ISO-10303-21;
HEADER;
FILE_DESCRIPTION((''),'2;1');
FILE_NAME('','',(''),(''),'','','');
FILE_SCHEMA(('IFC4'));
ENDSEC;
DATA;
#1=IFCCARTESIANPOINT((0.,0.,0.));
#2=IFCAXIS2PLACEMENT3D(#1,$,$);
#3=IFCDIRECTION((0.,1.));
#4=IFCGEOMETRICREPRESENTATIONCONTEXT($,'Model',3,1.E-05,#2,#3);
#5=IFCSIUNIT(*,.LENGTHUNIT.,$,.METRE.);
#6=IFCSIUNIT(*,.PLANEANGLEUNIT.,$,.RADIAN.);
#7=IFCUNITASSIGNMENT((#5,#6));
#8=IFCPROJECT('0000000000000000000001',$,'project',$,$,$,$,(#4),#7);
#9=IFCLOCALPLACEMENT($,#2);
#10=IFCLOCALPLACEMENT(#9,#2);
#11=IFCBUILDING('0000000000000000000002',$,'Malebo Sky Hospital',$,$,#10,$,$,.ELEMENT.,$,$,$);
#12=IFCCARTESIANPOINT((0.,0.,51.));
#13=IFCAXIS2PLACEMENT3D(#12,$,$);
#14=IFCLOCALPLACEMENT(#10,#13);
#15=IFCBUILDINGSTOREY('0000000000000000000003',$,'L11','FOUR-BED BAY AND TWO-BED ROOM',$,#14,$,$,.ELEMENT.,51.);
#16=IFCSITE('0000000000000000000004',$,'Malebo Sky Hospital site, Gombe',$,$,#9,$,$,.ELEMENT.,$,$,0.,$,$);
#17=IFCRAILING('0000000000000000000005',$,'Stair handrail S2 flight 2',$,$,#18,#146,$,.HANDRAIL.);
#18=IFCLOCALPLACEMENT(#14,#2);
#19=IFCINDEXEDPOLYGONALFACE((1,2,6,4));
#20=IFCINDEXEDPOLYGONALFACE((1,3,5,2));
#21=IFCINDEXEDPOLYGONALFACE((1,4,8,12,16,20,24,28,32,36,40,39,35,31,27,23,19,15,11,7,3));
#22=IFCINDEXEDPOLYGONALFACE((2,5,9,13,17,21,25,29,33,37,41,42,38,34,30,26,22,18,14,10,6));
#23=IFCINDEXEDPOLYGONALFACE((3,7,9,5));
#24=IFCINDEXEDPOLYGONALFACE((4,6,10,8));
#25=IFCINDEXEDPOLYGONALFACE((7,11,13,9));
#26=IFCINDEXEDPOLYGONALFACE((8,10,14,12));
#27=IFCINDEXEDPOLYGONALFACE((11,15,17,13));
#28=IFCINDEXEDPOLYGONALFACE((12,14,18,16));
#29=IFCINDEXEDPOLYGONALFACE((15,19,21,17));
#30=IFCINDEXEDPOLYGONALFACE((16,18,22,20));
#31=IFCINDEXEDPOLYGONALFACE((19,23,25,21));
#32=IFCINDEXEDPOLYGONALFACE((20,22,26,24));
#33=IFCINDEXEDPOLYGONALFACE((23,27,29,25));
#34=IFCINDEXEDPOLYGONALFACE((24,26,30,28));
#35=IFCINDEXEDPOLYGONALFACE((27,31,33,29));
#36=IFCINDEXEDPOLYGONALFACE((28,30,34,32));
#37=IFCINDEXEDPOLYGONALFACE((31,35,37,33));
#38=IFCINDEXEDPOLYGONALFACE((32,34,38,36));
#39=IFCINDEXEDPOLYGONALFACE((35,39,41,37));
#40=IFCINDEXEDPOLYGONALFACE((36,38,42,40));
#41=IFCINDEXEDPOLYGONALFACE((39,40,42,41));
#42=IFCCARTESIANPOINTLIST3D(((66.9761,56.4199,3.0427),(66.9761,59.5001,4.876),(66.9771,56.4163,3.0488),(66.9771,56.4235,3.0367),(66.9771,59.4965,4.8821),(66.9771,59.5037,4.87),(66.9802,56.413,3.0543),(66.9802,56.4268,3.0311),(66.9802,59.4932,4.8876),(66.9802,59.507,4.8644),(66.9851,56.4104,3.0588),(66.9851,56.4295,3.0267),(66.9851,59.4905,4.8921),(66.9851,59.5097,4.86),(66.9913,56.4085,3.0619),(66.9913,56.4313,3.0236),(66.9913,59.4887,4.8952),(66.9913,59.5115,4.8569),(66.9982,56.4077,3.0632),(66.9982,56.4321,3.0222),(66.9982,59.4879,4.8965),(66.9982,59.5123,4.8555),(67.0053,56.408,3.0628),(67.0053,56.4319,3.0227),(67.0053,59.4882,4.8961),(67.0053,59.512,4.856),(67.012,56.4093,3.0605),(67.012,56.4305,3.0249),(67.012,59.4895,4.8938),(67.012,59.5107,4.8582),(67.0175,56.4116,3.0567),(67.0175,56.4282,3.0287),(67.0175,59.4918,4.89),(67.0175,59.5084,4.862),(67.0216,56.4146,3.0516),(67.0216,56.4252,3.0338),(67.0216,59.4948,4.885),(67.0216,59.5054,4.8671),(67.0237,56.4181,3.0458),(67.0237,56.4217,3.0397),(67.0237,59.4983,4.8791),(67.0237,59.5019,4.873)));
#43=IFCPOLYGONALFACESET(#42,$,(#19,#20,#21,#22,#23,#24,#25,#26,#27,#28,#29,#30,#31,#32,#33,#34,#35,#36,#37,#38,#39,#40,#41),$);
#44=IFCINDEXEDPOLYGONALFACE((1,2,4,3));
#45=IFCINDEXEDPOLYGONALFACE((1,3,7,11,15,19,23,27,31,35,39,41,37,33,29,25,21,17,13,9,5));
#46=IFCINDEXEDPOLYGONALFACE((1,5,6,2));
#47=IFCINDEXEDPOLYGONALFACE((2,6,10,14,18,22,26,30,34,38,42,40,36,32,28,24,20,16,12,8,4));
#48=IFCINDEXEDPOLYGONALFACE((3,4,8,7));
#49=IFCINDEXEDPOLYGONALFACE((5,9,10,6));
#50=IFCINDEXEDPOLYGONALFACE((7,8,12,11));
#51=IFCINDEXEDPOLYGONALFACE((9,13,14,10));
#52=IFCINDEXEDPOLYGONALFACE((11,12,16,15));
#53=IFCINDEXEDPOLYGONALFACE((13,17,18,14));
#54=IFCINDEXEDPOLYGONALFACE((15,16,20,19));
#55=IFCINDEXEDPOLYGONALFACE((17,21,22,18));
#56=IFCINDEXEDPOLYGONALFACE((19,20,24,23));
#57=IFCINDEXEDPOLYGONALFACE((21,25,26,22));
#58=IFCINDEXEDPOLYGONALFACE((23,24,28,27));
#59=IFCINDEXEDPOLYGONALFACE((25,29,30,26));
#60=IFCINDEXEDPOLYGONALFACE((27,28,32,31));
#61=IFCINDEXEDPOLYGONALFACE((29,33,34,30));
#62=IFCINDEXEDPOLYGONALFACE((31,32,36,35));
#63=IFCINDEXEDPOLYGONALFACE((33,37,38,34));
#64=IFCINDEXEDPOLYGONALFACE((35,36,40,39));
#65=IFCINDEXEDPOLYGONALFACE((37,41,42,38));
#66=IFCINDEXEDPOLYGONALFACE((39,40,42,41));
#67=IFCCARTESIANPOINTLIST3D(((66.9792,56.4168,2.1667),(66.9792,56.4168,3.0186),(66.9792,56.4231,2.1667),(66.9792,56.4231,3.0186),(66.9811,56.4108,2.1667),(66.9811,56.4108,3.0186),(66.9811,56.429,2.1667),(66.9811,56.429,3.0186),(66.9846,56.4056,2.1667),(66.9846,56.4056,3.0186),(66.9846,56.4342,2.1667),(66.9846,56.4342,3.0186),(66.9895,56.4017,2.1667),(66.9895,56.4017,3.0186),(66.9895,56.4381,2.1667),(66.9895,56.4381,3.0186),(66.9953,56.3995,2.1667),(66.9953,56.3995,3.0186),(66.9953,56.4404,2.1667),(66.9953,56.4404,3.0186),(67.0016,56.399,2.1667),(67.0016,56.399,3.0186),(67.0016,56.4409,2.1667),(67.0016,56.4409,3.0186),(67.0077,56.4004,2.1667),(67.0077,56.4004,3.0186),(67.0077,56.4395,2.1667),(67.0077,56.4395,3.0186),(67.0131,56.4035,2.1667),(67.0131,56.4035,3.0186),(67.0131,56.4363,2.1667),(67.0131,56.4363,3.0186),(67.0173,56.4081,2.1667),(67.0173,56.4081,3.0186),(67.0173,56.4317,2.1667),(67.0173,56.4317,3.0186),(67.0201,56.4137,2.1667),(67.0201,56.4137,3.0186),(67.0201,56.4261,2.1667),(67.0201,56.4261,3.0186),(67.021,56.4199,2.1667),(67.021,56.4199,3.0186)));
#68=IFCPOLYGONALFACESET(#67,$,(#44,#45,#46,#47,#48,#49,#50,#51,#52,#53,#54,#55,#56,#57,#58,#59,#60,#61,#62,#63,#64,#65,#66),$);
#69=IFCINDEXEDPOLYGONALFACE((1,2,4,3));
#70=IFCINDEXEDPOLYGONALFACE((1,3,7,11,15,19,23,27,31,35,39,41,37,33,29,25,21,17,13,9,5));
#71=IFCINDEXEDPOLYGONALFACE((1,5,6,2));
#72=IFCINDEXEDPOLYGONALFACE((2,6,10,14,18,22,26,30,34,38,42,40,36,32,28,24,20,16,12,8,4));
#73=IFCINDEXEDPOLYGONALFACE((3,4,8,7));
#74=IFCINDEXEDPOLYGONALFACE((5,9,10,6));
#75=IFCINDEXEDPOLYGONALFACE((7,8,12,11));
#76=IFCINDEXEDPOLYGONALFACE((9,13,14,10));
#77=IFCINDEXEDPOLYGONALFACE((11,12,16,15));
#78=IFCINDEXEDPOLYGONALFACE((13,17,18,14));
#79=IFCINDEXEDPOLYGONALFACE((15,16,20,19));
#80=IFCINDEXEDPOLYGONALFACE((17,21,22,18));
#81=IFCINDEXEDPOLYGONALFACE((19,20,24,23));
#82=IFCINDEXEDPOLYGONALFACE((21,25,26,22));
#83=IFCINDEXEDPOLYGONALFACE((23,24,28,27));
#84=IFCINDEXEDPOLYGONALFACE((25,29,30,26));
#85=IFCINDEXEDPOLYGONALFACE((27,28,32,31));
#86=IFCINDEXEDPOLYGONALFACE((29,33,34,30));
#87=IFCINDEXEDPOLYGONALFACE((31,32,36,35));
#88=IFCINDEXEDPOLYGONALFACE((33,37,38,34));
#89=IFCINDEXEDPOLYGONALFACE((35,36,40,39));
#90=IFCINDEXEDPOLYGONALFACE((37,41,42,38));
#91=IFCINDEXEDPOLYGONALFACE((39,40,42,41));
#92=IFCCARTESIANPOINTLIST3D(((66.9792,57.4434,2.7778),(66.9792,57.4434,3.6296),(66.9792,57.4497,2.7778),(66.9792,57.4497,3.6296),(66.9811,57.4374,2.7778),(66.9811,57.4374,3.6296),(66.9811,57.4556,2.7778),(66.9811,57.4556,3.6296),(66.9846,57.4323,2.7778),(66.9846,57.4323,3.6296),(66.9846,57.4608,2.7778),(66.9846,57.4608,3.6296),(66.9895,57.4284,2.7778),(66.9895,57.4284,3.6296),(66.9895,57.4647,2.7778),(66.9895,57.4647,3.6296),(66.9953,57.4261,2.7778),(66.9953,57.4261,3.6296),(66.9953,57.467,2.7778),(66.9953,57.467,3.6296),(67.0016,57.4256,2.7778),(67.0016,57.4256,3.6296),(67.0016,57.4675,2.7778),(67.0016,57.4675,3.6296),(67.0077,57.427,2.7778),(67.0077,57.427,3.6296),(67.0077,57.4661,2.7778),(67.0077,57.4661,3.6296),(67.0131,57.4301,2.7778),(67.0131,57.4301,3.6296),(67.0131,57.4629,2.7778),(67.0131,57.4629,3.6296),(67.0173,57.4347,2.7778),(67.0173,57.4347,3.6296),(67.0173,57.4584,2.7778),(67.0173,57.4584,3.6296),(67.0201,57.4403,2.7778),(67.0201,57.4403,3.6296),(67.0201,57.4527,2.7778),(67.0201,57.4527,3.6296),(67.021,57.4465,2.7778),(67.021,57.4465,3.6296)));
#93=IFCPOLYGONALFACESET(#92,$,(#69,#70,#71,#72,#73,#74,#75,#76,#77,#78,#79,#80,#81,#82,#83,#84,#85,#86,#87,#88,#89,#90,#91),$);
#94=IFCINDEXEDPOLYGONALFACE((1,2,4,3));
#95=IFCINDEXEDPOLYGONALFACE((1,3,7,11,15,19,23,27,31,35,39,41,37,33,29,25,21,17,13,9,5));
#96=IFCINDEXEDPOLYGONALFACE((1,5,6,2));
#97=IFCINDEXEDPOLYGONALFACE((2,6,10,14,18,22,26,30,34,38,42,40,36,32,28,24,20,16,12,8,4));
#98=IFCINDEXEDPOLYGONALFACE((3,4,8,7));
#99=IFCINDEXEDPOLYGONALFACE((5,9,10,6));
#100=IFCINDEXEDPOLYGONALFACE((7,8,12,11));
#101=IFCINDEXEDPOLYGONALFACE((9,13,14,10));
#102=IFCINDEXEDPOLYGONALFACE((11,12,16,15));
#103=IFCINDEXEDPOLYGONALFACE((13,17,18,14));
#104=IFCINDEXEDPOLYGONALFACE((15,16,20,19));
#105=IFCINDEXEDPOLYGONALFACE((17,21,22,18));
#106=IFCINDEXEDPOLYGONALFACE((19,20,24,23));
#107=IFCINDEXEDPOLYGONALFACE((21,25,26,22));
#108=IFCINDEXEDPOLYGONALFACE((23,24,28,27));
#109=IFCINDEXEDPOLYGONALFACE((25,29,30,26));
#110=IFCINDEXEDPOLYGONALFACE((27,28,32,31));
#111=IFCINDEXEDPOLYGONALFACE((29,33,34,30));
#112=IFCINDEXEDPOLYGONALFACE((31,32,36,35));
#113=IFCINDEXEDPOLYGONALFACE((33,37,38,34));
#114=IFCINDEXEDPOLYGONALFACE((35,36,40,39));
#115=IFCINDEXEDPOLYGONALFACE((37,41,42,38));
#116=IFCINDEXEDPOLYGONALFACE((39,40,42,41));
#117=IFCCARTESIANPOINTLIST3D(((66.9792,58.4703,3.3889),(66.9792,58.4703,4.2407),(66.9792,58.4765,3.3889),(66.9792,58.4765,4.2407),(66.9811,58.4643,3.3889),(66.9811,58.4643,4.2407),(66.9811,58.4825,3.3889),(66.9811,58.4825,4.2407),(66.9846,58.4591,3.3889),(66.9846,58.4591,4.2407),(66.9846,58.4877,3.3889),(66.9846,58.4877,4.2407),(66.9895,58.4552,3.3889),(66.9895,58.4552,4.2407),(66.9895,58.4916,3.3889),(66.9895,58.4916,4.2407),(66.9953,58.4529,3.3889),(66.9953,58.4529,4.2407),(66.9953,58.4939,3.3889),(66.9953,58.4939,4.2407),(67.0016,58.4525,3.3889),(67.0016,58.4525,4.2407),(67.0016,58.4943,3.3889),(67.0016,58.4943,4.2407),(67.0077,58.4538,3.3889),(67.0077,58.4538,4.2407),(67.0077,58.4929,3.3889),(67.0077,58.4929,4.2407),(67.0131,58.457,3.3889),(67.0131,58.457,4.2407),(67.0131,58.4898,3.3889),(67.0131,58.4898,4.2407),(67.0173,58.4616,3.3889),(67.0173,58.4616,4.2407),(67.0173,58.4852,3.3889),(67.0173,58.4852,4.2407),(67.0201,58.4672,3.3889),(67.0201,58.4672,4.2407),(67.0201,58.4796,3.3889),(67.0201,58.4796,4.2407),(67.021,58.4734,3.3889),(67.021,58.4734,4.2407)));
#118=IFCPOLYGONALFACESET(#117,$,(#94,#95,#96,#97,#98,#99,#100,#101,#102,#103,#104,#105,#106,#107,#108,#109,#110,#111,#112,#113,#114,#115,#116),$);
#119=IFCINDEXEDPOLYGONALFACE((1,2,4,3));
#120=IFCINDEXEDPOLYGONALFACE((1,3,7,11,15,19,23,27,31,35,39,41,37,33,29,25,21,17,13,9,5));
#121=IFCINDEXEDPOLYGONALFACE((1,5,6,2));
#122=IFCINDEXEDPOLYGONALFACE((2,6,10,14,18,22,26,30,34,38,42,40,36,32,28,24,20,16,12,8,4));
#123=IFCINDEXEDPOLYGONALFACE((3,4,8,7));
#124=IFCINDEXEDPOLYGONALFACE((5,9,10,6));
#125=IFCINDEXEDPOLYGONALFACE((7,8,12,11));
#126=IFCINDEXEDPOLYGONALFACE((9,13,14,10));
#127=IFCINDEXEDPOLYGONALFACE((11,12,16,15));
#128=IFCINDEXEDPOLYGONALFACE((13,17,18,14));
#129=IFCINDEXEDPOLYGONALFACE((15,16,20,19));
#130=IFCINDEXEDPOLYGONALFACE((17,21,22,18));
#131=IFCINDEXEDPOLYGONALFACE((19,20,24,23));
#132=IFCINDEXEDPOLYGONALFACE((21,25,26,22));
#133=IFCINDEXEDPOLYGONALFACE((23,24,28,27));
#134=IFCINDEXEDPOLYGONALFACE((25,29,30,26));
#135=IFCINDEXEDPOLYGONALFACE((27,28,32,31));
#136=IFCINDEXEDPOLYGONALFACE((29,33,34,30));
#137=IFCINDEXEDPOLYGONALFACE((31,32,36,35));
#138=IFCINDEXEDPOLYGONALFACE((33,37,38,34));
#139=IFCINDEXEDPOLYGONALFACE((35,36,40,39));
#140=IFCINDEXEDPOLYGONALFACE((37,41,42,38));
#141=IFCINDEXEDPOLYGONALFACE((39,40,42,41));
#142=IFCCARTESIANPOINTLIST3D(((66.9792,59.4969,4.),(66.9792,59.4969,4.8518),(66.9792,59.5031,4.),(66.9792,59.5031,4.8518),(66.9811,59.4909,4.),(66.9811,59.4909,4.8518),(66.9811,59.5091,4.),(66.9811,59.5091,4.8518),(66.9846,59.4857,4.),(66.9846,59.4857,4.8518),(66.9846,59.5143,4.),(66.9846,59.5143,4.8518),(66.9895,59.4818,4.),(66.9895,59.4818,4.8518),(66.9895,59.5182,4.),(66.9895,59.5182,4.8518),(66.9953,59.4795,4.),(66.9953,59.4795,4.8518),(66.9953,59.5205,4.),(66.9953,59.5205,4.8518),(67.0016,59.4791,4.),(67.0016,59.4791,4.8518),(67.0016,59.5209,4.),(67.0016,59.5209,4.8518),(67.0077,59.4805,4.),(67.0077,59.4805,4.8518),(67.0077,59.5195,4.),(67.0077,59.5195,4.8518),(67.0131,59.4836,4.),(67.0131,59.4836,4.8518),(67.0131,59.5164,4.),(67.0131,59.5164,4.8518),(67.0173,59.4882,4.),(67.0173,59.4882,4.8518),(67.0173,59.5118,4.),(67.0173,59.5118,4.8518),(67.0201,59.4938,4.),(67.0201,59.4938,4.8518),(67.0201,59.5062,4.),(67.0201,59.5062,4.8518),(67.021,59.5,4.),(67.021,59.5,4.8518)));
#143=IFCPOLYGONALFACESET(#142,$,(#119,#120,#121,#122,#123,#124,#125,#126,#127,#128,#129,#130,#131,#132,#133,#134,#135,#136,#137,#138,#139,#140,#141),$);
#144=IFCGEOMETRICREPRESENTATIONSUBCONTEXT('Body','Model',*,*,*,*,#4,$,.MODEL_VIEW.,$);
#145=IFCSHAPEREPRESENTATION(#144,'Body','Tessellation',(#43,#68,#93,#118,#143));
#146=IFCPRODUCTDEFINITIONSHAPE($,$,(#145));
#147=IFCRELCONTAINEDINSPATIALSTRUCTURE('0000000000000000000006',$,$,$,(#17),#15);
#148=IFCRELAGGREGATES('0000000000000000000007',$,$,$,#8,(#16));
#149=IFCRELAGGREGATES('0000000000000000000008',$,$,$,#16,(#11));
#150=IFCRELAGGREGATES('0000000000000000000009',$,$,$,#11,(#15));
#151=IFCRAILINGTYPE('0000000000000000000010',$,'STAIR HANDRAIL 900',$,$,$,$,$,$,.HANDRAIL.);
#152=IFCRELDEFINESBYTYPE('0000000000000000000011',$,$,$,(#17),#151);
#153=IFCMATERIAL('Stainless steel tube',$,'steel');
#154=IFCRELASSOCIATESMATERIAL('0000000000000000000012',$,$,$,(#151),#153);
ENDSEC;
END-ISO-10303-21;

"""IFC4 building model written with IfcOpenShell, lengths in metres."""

from ifc_helpers import new_model, si_unit, direction, frame, origin, origin_2d, place, context, subcontext, project, spatial, circle, extrude, material, type_object, element, save


model = new_model("IFC4")

# Units and contexts
model_context = context("Model", 3, precision=1e-05, world=origin(), true_north=direction((0.0, 1.0)))
body_context = subcontext(model_context, "Body", "Model", "MODEL_VIEW")
ifc_project = project(units=[si_unit("LENGTHUNIT", "METRE"), si_unit("PLANEANGLEUNIT", "RADIAN")], contexts=[model_context])

# Site, building, storey
site_placement = place(None, origin())
site = spatial("IfcSite", under=ifc_project, at=site_placement, Name="Malebo Sky Hospital site, Gombe", CompositionType="ELEMENT", RefElevation=0.0)
building_placement = place(site_placement, origin())
building = spatial("IfcBuilding", under=site, at=building_placement, Name="Malebo Sky Hospital", CompositionType="ELEMENT")
storey_placement = place(building_placement, frame((0.0, 0.0, 51.0)))
storey = spatial("IfcBuildingStorey", under=building, at=storey_placement, Name="L11", Description="FOUR-BED BAY AND TWO-BED ROOM", CompositionType="ELEMENT", Elevation=51.0)

# Railing
ifc_material_1 = material(Name="Stainless steel tube", Category="steel")
railing_type = type_object("IfcRailingType", Name="STAIR HANDRAIL 900", PredefinedType="HANDRAIL", material=ifc_material_1)
railing_1_placement = place(storey_placement, frame((67.0, 56.4199, 2.1667)))
element("IfcRailing", 1, at=railing_1_placement, inside=storey, type_object=railing_type, Name="Stair handrail S2 flight 2", PredefinedType="HANDRAIL", context=body_context, shape_type="SweptSolid", body=[
    extrude(circle(Radius=0.0239, at=origin_2d()), frame((0.0, 0.0, 0.876), z_axis=(0.0, 0.859309, 0.511458), x_axis=(-1.0, 0.0, 0.0)), (0.0, 0.0, 1.0), 3.5845),
    extrude(circle(Radius=0.021, at=origin_2d()), origin(), (0.0, 0.0, 1.0), 0.8518),
    extrude(circle(Radius=0.021, at=origin_2d()), frame((0.0, 1.0266, 0.6111)), (0.0, 0.0, 1.0), 0.8518),
    extrude(circle(Radius=0.021, at=origin_2d()), frame((0.0, 2.0535, 1.2222)), (0.0, 0.0, 1.0), 0.8518),
    extrude(circle(Radius=0.021, at=origin_2d()), frame((0.0, 3.0801, 1.8333)), (0.0, 0.0, 1.0), 0.8518),
])

save(model, "model.ifc")
